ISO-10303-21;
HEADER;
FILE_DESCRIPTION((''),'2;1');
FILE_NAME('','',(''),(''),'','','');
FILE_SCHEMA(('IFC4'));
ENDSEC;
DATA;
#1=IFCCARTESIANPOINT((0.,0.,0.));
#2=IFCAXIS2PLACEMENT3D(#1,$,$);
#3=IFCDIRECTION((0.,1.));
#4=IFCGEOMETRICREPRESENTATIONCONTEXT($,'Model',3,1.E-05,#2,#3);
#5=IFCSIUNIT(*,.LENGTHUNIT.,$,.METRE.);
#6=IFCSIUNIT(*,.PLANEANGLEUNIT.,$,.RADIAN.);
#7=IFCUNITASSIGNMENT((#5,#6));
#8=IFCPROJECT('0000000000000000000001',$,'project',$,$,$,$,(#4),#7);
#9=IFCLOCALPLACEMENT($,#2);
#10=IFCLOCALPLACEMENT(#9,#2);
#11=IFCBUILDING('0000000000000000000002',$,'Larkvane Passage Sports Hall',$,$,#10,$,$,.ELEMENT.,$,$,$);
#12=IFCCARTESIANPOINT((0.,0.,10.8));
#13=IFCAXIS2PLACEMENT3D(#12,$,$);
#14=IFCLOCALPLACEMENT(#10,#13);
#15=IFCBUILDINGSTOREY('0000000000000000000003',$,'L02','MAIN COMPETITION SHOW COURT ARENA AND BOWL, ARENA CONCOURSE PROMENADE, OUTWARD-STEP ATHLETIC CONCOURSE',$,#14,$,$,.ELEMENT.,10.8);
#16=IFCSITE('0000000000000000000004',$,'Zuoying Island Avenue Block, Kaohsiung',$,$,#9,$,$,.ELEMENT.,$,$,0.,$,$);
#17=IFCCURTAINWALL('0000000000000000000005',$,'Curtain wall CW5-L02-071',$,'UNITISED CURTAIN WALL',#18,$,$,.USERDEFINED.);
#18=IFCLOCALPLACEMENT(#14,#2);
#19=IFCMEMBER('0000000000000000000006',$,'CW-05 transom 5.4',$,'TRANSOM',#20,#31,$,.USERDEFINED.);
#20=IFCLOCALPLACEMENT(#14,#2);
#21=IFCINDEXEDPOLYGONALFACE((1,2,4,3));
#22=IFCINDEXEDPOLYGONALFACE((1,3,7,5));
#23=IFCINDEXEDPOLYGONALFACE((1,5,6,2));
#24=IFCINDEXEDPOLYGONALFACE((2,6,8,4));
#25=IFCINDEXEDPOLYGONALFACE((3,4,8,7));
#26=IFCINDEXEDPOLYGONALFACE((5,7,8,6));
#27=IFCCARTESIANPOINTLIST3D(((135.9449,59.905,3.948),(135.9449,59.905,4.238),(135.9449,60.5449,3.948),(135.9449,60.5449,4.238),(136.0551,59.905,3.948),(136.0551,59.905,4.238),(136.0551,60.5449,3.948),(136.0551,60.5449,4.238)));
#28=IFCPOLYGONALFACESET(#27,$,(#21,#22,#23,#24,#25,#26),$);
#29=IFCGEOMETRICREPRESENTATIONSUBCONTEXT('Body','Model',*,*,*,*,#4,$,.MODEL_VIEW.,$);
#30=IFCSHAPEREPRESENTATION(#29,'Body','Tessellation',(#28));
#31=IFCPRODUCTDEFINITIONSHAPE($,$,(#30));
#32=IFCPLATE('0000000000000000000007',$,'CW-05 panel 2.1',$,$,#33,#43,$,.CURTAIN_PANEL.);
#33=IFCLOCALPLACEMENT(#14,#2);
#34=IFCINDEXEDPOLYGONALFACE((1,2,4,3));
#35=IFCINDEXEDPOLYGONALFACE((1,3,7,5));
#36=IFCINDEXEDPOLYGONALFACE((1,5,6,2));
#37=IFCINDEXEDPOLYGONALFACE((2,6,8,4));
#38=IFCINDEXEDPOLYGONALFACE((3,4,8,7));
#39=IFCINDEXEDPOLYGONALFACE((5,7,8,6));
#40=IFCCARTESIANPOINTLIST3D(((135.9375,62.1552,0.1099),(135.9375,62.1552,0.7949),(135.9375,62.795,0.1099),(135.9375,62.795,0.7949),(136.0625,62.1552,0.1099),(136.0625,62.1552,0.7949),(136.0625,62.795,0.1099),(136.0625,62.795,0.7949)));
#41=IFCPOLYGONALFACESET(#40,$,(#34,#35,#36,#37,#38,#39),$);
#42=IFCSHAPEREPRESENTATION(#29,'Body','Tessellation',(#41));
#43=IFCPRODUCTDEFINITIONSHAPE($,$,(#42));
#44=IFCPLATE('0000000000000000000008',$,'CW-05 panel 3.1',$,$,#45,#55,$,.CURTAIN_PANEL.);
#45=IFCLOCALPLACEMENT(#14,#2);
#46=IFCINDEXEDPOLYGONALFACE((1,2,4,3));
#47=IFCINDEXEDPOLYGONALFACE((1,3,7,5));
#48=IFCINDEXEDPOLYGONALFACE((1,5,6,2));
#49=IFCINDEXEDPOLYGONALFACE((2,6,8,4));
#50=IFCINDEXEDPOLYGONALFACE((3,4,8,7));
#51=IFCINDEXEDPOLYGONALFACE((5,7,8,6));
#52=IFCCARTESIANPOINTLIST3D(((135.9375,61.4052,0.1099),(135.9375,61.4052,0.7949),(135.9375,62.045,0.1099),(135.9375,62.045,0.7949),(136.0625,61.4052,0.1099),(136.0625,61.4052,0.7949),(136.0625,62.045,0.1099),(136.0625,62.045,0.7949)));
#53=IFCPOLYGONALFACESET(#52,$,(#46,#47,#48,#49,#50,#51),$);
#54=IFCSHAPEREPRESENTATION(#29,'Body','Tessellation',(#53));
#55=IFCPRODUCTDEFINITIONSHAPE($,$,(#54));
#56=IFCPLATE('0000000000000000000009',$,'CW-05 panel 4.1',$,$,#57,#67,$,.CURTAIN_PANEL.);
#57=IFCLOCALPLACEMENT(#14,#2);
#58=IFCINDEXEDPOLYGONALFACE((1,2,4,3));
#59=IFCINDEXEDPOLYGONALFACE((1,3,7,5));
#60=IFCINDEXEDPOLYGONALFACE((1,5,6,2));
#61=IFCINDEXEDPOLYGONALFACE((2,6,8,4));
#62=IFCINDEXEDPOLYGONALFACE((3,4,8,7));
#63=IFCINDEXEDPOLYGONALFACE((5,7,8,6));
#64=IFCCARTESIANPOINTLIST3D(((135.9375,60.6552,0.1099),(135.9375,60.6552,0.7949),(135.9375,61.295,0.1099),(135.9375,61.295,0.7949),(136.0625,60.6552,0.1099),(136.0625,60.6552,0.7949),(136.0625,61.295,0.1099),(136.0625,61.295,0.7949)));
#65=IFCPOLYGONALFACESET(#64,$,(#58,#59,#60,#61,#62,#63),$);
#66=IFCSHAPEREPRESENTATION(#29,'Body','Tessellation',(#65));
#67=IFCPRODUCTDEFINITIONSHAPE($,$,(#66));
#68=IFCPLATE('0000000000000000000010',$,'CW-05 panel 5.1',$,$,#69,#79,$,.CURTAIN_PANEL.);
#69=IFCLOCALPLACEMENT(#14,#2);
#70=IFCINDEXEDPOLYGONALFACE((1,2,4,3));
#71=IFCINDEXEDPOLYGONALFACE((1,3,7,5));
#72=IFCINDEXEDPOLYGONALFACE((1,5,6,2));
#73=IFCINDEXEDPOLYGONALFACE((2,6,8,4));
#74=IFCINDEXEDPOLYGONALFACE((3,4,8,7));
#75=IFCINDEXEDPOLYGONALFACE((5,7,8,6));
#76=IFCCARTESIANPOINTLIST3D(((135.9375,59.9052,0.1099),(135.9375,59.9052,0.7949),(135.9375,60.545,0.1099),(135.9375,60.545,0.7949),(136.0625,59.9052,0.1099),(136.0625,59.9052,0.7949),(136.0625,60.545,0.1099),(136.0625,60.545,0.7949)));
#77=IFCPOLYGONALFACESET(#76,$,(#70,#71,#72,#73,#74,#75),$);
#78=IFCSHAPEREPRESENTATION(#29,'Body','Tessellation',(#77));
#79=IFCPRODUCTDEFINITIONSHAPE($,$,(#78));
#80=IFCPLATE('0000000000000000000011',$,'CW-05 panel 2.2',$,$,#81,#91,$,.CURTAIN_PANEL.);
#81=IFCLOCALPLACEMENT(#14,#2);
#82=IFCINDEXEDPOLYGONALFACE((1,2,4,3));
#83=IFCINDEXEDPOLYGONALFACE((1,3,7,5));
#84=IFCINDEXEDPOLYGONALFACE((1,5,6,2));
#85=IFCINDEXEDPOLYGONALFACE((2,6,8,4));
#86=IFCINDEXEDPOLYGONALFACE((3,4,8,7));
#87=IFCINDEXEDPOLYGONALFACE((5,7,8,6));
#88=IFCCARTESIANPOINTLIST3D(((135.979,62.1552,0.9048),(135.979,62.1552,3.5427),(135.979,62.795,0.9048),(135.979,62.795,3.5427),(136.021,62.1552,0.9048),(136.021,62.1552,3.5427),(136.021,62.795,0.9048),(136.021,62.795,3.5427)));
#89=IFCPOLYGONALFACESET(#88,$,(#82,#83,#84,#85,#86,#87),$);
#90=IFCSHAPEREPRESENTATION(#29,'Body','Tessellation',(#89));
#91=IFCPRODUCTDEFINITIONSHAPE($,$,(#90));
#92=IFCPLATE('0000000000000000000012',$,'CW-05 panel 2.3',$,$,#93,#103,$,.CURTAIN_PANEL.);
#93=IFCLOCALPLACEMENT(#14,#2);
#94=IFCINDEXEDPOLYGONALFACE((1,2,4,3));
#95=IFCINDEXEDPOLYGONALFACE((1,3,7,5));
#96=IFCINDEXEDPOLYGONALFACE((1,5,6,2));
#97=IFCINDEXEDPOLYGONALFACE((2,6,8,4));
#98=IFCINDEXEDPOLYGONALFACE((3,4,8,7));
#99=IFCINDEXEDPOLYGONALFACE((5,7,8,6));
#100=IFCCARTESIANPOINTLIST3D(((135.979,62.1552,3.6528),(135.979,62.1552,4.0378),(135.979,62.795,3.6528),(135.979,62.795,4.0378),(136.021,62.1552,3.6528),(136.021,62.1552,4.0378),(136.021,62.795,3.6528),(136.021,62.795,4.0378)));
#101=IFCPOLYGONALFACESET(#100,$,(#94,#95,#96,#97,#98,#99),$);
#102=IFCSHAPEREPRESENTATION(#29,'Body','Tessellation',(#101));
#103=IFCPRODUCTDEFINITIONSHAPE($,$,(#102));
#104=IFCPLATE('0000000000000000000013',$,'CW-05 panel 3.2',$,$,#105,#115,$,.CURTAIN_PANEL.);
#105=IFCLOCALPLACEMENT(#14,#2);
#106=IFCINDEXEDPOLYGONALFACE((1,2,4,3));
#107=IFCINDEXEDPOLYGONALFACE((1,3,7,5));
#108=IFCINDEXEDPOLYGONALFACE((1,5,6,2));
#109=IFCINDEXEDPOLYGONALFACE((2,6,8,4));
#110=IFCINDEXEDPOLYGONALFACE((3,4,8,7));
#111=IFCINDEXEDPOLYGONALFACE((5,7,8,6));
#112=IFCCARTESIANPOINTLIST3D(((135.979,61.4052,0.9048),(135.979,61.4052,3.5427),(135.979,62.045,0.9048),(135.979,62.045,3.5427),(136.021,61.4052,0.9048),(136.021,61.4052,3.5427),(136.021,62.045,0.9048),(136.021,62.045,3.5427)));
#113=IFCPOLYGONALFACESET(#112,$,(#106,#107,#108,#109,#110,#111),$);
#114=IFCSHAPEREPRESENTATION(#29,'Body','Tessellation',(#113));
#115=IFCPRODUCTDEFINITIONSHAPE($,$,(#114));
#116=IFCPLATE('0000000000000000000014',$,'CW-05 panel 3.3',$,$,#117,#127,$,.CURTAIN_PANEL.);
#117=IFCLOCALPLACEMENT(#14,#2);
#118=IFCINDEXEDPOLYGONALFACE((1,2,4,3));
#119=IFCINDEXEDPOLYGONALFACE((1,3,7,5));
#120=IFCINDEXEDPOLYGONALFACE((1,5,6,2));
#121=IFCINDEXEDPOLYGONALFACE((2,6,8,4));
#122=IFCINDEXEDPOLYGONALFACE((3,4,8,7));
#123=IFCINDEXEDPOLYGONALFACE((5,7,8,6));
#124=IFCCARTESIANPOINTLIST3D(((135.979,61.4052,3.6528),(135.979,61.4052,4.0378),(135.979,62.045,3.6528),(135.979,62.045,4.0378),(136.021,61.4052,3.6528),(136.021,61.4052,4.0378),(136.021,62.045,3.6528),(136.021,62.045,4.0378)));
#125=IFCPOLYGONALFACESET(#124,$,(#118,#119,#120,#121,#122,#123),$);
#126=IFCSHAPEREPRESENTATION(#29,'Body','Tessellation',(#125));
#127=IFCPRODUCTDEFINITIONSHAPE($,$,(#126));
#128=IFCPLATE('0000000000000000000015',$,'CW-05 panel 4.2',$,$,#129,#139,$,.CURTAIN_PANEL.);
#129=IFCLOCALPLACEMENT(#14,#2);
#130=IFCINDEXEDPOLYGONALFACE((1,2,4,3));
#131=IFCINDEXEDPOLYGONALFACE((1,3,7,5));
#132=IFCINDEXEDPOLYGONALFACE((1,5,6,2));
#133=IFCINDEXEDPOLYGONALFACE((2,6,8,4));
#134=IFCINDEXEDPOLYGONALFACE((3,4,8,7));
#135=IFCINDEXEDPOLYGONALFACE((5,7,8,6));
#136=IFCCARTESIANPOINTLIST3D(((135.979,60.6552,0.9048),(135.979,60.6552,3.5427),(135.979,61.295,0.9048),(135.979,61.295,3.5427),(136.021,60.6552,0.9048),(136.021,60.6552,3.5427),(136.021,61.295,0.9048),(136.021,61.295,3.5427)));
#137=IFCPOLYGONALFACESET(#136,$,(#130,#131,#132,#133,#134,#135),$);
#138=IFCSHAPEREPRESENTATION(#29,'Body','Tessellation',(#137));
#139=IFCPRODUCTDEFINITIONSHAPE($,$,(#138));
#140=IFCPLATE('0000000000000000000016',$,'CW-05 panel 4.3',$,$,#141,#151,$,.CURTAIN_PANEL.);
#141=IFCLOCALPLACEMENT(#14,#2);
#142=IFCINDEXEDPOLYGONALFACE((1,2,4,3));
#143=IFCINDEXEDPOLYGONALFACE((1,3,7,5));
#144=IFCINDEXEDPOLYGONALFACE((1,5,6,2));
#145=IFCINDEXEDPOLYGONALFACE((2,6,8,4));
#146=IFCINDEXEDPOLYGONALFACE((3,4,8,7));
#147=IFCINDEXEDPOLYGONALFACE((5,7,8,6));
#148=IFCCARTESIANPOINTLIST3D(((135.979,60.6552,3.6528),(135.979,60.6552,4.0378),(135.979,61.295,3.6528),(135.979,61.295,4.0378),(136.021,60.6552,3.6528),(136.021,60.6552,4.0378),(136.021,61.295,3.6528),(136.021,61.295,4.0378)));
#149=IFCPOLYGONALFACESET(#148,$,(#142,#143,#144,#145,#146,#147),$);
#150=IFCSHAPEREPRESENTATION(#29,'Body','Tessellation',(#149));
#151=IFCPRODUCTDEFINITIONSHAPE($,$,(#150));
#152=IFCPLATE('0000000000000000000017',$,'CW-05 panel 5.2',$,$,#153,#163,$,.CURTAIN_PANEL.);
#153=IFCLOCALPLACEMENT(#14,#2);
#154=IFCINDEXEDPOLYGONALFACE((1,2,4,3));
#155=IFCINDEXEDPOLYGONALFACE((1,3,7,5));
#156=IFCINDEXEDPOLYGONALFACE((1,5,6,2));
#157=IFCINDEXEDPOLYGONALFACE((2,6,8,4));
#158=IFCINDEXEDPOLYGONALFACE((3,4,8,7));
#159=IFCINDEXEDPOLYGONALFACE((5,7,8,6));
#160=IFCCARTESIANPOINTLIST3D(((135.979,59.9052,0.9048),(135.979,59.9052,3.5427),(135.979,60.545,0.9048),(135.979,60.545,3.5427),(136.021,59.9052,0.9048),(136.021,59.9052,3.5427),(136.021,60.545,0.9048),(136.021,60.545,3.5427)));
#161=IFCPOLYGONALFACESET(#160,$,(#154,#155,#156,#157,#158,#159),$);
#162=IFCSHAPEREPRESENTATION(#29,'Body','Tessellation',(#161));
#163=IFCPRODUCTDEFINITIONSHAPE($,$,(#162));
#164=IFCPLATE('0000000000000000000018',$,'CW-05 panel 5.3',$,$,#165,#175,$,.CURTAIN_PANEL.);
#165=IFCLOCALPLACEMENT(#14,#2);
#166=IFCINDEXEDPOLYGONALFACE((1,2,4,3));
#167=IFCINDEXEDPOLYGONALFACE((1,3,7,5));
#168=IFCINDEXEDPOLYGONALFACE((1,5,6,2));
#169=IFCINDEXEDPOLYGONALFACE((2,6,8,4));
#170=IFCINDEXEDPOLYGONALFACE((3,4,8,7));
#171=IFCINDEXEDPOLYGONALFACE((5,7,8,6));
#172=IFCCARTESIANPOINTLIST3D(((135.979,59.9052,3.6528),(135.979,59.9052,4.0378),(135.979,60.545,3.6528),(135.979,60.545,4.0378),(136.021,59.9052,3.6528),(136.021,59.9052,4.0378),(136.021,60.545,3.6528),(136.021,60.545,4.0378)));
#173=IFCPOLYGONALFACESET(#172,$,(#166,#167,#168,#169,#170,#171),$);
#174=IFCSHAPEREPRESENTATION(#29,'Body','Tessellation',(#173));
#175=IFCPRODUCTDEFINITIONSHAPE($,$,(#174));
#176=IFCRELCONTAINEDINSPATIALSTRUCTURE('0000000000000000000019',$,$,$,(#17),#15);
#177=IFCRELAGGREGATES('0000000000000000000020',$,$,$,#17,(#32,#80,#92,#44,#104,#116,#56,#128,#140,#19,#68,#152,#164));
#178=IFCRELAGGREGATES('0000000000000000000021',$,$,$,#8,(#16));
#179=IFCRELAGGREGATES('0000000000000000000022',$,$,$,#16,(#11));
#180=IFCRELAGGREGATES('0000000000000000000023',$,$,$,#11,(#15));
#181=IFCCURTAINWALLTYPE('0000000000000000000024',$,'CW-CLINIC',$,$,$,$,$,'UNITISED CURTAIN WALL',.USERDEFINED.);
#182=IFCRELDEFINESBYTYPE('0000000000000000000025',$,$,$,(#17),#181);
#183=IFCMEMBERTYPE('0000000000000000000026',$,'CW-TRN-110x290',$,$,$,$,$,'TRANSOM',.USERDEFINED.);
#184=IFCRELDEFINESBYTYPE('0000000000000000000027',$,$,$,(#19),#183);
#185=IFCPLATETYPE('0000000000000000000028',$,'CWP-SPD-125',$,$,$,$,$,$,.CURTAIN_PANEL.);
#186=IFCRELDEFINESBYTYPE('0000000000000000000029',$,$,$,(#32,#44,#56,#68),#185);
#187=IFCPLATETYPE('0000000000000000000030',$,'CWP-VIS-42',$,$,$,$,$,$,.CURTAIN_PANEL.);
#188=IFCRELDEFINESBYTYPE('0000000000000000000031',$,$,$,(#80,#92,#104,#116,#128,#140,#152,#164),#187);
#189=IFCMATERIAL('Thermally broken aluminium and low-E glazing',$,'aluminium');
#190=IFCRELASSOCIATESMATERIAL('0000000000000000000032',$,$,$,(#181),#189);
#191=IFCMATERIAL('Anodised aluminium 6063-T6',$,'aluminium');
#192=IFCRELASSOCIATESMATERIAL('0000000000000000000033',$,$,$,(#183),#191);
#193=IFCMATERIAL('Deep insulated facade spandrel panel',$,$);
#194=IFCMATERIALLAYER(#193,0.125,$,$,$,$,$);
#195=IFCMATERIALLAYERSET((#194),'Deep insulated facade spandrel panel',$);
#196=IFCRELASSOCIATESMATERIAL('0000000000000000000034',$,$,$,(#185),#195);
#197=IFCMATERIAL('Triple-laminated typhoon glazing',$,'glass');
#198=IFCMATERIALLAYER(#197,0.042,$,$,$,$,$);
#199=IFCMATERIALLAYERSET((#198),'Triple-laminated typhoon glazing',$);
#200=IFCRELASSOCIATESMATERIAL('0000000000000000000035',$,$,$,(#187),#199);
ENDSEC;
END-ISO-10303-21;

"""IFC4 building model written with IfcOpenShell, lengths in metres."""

from ifc_helpers import new_model, si_unit, direction, frame, origin, origin_2d, place, context, subcontext, project, spatial, rectangle, extrude, material, layer, layer_set, material_profile, profile_set, type_object, element, aggregate, save


model = new_model("IFC4")

# Units and contexts
model_context = context("Model", 3, precision=1e-05, world=origin(), true_north=direction((0.0, 1.0)))
body_context = subcontext(model_context, "Body", "Model", "MODEL_VIEW")
ifc_project = project(units=[si_unit("LENGTHUNIT", "METRE"), si_unit("PLANEANGLEUNIT", "RADIAN")], contexts=[model_context])

# Site, building, storey
site_placement = place(None, origin())
site = spatial("IfcSite", under=ifc_project, at=site_placement, Name="Zuoying Island Avenue Block, Kaohsiung", CompositionType="ELEMENT", RefElevation=0.0)
building_placement = place(site_placement, origin())
building = spatial("IfcBuilding", under=site, at=building_placement, Name="Larkvane Passage Sports Hall", CompositionType="ELEMENT")
storey_placement = place(building_placement, frame((0.0, 0.0, 10.8)))
storey = spatial("IfcBuildingStorey", under=building, at=storey_placement, Name="L02", Description="MAIN COMPETITION SHOW COURT ARENA AND BOWL, ARENA CONCOURSE PROMENADE, OUTWARD-STEP ATHLETIC CONCOURSE", CompositionType="ELEMENT", Elevation=10.8)

# Curtain wall, member, plates
ifc_material_1 = material(Name="Thermally broken aluminium and low-E glazing", Category="aluminium")
curtain_wall_type = type_object("IfcCurtainWallType", Name="CW-CLINIC", ElementType="UNITISED CURTAIN WALL", PredefinedType="USERDEFINED", material=ifc_material_1)
curtain_wall_placement = place(storey_placement, origin())
curtain_wall = element("IfcCurtainWall", 1, at=curtain_wall_placement, inside=storey, type_object=curtain_wall_type, Name="Curtain wall CW5-L02-071", ObjectType="UNITISED CURTAIN WALL", PredefinedType="USERDEFINED")
ifc_material_2 = material(Name="Anodised aluminium 6063-T6", Category="aluminium")
ifc_material_profile_1 = material_profile(ifc_material_2, rectangle(XDim=0.1101, YDim=0.29, at=origin_2d()), Name="ALU-TRN-110x290")
ifc_profile_set_1 = profile_set([ifc_material_profile_1], Name="Anodised aluminium 6063-T6")
member_type_1 = type_object("IfcMemberType", Name="CW-TRN-110x290", ElementType="TRANSOM", PredefinedType="USERDEFINED", material=ifc_profile_set_1)
member_1_placement = place(storey_placement, frame((136.0, 60.5449, 4.093), z_axis=(0.0, -1.0, 0.0), x_axis=(1.0, 0.0, 0.0)))
member_1 = element("IfcMember", 2, at=member_1_placement, type_object=member_type_1, Name="CW-05 transom 5.4", ObjectType="TRANSOM", PredefinedType="USERDEFINED", context=body_context, shape_type="SweptSolid", body=[
    extrude(rectangle(XDim=0.1101, YDim=0.29, at=origin_2d()), origin(), (0.0, 0.0, 1.0), 0.6399),
])
ifc_material_3 = material(Name="Deep insulated facade spandrel panel")
ifc_layer_1 = layer(ifc_material_3, 0.125)
ifc_layer_set_1 = layer_set([ifc_layer_1], Name="Deep insulated facade spandrel panel")
plate_type_1 = type_object("IfcPlateType", Name="CWP-SPD-125", PredefinedType="CURTAIN_PANEL", material=ifc_layer_set_1)
plate_1_placement = place(storey_placement, frame((136.0, 62.4751, 0.1099), z_axis=(0.0, 0.0, 1.0), x_axis=(0.0, -1.0, 0.0)))
plate_1 = element("IfcPlate", 3, at=plate_1_placement, type_object=plate_type_1, Name="CW-05 panel 2.1", PredefinedType="CURTAIN_PANEL", context=body_context, shape_type="SweptSolid", body=[
    extrude(rectangle(XDim=0.6399, YDim=0.125, at=origin_2d()), origin(), (0.0, 0.0, 1.0), 0.6851),
])
plate_2_placement = place(storey_placement, frame((136.0, 61.7251, 0.1099), z_axis=(0.0, 0.0, 1.0), x_axis=(0.0, -1.0, 0.0)))
plate_2 = element("IfcPlate", 4, at=plate_2_placement, type_object=plate_type_1, Name="CW-05 panel 3.1", PredefinedType="CURTAIN_PANEL", context=body_context, shape_type="SweptSolid", body=[
    extrude(rectangle(XDim=0.6399, YDim=0.125, at=origin_2d()), origin(), (0.0, 0.0, 1.0), 0.6851),
])
plate_3_placement = place(storey_placement, frame((136.0, 60.9751, 0.1099), z_axis=(0.0, 0.0, 1.0), x_axis=(0.0, -1.0, 0.0)))
plate_3 = element("IfcPlate", 5, at=plate_3_placement, type_object=plate_type_1, Name="CW-05 panel 4.1", PredefinedType="CURTAIN_PANEL", context=body_context, shape_type="SweptSolid", body=[
    extrude(rectangle(XDim=0.6399, YDim=0.125, at=origin_2d()), origin(), (0.0, 0.0, 1.0), 0.6851),
])
plate_4_placement = place(storey_placement, frame((136.0, 60.2251, 0.1099), z_axis=(0.0, 0.0, 1.0), x_axis=(0.0, -1.0, 0.0)))
plate_4 = element("IfcPlate", 6, at=plate_4_placement, type_object=plate_type_1, Name="CW-05 panel 5.1", PredefinedType="CURTAIN_PANEL", context=body_context, shape_type="SweptSolid", body=[
    extrude(rectangle(XDim=0.6399, YDim=0.125, at=origin_2d()), origin(), (0.0, 0.0, 1.0), 0.6851),
])
ifc_material_4 = material(Name="Triple-laminated typhoon glazing", Category="glass")
ifc_layer_2 = layer(ifc_material_4, 0.042)
ifc_layer_set_2 = layer_set([ifc_layer_2], Name="Triple-laminated typhoon glazing")
plate_type_2 = type_object("IfcPlateType", Name="CWP-VIS-42", PredefinedType="CURTAIN_PANEL", material=ifc_layer_set_2)
plate_5_placement = place(storey_placement, frame((136.0, 62.4751, 0.9048), z_axis=(0.0, 0.0, 1.0), x_axis=(0.0, -1.0, 0.0)))
plate_5 = element("IfcPlate", 7, at=plate_5_placement, type_object=plate_type_2, Name="CW-05 panel 2.2", PredefinedType="CURTAIN_PANEL", context=body_context, shape_type="SweptSolid", body=[
    extrude(rectangle(XDim=0.6399, YDim=0.042, at=origin_2d()), origin(), (0.0, 0.0, 1.0), 2.6379),
])
plate_6_placement = place(storey_placement, frame((136.0, 62.4751, 3.6528), z_axis=(0.0, 0.0, 1.0), x_axis=(0.0, -1.0, 0.0)))
plate_6 = element("IfcPlate", 8, at=plate_6_placement, type_object=plate_type_2, Name="CW-05 panel 2.3", PredefinedType="CURTAIN_PANEL", context=body_context, shape_type="SweptSolid", body=[
    extrude(rectangle(XDim=0.6399, YDim=0.042, at=origin_2d()), origin(), (0.0, 0.0, 1.0), 0.385),
])
plate_7_placement = place(storey_placement, frame((136.0, 61.7251, 0.9048), z_axis=(0.0, 0.0, 1.0), x_axis=(0.0, -1.0, 0.0)))
plate_7 = element("IfcPlate", 9, at=plate_7_placement, type_object=plate_type_2, Name="CW-05 panel 3.2", PredefinedType="CURTAIN_PANEL", context=body_context, shape_type="SweptSolid", body=[
    extrude(rectangle(XDim=0.6399, YDim=0.042, at=origin_2d()), origin(), (0.0, 0.0, 1.0), 2.6379),
])
plate_8_placement = place(storey_placement, frame((136.0, 61.7251, 3.6528), z_axis=(0.0, 0.0, 1.0), x_axis=(0.0, -1.0, 0.0)))
plate_8 = element("IfcPlate", 10, at=plate_8_placement, type_object=plate_type_2, Name="CW-05 panel 3.3", PredefinedType="CURTAIN_PANEL", context=body_context, shape_type="SweptSolid", body=[
    extrude(rectangle(XDim=0.6399, YDim=0.042, at=origin_2d()), origin(), (0.0, 0.0, 1.0), 0.385),
])
plate_9_placement = place(storey_placement, frame((136.0, 60.9751, 0.9048), z_axis=(0.0, 0.0, 1.0), x_axis=(0.0, -1.0, 0.0)))
plate_9 = element("IfcPlate", 11, at=plate_9_placement, type_object=plate_type_2, Name="CW-05 panel 4.2", PredefinedType="CURTAIN_PANEL", context=body_context, shape_type="SweptSolid", body=[
    extrude(rectangle(XDim=0.6399, YDim=0.042, at=origin_2d()), origin(), (0.0, 0.0, 1.0), 2.6379),
])
plate_10_placement = place(storey_placement, frame((136.0, 60.9751, 3.6528), z_axis=(0.0, 0.0, 1.0), x_axis=(0.0, -1.0, 0.0)))
plate_10 = element("IfcPlate", 12, at=plate_10_placement, type_object=plate_type_2, Name="CW-05 panel 4.3", PredefinedType="CURTAIN_PANEL", context=body_context, shape_type="SweptSolid", body=[
    extrude(rectangle(XDim=0.6399, YDim=0.042, at=origin_2d()), origin(), (0.0, 0.0, 1.0), 0.385),
])
plate_11_placement = place(storey_placement, frame((136.0, 60.2251, 0.9048), z_axis=(0.0, 0.0, 1.0), x_axis=(0.0, -1.0, 0.0)))
plate_11 = element("IfcPlate", 13, at=plate_11_placement, type_object=plate_type_2, Name="CW-05 panel 5.2", PredefinedType="CURTAIN_PANEL", context=body_context, shape_type="SweptSolid", body=[
    extrude(rectangle(XDim=0.6399, YDim=0.042, at=origin_2d()), origin(), (0.0, 0.0, 1.0), 2.6379),
])
plate_12_placement = place(storey_placement, frame((136.0, 60.2251, 3.6528), z_axis=(0.0, 0.0, 1.0), x_axis=(0.0, -1.0, 0.0)))
plate_12 = element("IfcPlate", 14, at=plate_12_placement, type_object=plate_type_2, Name="CW-05 panel 5.3", PredefinedType="CURTAIN_PANEL", context=body_context, shape_type="SweptSolid", body=[
    extrude(rectangle(XDim=0.6399, YDim=0.042, at=origin_2d()), origin(), (0.0, 0.0, 1.0), 0.385),
])
aggregate(curtain_wall, [plate_1, plate_5, plate_6, plate_2, plate_7, plate_8, plate_3, plate_9, plate_10, member_1, plate_4, plate_11, plate_12])

save(model, "model.ifc")
